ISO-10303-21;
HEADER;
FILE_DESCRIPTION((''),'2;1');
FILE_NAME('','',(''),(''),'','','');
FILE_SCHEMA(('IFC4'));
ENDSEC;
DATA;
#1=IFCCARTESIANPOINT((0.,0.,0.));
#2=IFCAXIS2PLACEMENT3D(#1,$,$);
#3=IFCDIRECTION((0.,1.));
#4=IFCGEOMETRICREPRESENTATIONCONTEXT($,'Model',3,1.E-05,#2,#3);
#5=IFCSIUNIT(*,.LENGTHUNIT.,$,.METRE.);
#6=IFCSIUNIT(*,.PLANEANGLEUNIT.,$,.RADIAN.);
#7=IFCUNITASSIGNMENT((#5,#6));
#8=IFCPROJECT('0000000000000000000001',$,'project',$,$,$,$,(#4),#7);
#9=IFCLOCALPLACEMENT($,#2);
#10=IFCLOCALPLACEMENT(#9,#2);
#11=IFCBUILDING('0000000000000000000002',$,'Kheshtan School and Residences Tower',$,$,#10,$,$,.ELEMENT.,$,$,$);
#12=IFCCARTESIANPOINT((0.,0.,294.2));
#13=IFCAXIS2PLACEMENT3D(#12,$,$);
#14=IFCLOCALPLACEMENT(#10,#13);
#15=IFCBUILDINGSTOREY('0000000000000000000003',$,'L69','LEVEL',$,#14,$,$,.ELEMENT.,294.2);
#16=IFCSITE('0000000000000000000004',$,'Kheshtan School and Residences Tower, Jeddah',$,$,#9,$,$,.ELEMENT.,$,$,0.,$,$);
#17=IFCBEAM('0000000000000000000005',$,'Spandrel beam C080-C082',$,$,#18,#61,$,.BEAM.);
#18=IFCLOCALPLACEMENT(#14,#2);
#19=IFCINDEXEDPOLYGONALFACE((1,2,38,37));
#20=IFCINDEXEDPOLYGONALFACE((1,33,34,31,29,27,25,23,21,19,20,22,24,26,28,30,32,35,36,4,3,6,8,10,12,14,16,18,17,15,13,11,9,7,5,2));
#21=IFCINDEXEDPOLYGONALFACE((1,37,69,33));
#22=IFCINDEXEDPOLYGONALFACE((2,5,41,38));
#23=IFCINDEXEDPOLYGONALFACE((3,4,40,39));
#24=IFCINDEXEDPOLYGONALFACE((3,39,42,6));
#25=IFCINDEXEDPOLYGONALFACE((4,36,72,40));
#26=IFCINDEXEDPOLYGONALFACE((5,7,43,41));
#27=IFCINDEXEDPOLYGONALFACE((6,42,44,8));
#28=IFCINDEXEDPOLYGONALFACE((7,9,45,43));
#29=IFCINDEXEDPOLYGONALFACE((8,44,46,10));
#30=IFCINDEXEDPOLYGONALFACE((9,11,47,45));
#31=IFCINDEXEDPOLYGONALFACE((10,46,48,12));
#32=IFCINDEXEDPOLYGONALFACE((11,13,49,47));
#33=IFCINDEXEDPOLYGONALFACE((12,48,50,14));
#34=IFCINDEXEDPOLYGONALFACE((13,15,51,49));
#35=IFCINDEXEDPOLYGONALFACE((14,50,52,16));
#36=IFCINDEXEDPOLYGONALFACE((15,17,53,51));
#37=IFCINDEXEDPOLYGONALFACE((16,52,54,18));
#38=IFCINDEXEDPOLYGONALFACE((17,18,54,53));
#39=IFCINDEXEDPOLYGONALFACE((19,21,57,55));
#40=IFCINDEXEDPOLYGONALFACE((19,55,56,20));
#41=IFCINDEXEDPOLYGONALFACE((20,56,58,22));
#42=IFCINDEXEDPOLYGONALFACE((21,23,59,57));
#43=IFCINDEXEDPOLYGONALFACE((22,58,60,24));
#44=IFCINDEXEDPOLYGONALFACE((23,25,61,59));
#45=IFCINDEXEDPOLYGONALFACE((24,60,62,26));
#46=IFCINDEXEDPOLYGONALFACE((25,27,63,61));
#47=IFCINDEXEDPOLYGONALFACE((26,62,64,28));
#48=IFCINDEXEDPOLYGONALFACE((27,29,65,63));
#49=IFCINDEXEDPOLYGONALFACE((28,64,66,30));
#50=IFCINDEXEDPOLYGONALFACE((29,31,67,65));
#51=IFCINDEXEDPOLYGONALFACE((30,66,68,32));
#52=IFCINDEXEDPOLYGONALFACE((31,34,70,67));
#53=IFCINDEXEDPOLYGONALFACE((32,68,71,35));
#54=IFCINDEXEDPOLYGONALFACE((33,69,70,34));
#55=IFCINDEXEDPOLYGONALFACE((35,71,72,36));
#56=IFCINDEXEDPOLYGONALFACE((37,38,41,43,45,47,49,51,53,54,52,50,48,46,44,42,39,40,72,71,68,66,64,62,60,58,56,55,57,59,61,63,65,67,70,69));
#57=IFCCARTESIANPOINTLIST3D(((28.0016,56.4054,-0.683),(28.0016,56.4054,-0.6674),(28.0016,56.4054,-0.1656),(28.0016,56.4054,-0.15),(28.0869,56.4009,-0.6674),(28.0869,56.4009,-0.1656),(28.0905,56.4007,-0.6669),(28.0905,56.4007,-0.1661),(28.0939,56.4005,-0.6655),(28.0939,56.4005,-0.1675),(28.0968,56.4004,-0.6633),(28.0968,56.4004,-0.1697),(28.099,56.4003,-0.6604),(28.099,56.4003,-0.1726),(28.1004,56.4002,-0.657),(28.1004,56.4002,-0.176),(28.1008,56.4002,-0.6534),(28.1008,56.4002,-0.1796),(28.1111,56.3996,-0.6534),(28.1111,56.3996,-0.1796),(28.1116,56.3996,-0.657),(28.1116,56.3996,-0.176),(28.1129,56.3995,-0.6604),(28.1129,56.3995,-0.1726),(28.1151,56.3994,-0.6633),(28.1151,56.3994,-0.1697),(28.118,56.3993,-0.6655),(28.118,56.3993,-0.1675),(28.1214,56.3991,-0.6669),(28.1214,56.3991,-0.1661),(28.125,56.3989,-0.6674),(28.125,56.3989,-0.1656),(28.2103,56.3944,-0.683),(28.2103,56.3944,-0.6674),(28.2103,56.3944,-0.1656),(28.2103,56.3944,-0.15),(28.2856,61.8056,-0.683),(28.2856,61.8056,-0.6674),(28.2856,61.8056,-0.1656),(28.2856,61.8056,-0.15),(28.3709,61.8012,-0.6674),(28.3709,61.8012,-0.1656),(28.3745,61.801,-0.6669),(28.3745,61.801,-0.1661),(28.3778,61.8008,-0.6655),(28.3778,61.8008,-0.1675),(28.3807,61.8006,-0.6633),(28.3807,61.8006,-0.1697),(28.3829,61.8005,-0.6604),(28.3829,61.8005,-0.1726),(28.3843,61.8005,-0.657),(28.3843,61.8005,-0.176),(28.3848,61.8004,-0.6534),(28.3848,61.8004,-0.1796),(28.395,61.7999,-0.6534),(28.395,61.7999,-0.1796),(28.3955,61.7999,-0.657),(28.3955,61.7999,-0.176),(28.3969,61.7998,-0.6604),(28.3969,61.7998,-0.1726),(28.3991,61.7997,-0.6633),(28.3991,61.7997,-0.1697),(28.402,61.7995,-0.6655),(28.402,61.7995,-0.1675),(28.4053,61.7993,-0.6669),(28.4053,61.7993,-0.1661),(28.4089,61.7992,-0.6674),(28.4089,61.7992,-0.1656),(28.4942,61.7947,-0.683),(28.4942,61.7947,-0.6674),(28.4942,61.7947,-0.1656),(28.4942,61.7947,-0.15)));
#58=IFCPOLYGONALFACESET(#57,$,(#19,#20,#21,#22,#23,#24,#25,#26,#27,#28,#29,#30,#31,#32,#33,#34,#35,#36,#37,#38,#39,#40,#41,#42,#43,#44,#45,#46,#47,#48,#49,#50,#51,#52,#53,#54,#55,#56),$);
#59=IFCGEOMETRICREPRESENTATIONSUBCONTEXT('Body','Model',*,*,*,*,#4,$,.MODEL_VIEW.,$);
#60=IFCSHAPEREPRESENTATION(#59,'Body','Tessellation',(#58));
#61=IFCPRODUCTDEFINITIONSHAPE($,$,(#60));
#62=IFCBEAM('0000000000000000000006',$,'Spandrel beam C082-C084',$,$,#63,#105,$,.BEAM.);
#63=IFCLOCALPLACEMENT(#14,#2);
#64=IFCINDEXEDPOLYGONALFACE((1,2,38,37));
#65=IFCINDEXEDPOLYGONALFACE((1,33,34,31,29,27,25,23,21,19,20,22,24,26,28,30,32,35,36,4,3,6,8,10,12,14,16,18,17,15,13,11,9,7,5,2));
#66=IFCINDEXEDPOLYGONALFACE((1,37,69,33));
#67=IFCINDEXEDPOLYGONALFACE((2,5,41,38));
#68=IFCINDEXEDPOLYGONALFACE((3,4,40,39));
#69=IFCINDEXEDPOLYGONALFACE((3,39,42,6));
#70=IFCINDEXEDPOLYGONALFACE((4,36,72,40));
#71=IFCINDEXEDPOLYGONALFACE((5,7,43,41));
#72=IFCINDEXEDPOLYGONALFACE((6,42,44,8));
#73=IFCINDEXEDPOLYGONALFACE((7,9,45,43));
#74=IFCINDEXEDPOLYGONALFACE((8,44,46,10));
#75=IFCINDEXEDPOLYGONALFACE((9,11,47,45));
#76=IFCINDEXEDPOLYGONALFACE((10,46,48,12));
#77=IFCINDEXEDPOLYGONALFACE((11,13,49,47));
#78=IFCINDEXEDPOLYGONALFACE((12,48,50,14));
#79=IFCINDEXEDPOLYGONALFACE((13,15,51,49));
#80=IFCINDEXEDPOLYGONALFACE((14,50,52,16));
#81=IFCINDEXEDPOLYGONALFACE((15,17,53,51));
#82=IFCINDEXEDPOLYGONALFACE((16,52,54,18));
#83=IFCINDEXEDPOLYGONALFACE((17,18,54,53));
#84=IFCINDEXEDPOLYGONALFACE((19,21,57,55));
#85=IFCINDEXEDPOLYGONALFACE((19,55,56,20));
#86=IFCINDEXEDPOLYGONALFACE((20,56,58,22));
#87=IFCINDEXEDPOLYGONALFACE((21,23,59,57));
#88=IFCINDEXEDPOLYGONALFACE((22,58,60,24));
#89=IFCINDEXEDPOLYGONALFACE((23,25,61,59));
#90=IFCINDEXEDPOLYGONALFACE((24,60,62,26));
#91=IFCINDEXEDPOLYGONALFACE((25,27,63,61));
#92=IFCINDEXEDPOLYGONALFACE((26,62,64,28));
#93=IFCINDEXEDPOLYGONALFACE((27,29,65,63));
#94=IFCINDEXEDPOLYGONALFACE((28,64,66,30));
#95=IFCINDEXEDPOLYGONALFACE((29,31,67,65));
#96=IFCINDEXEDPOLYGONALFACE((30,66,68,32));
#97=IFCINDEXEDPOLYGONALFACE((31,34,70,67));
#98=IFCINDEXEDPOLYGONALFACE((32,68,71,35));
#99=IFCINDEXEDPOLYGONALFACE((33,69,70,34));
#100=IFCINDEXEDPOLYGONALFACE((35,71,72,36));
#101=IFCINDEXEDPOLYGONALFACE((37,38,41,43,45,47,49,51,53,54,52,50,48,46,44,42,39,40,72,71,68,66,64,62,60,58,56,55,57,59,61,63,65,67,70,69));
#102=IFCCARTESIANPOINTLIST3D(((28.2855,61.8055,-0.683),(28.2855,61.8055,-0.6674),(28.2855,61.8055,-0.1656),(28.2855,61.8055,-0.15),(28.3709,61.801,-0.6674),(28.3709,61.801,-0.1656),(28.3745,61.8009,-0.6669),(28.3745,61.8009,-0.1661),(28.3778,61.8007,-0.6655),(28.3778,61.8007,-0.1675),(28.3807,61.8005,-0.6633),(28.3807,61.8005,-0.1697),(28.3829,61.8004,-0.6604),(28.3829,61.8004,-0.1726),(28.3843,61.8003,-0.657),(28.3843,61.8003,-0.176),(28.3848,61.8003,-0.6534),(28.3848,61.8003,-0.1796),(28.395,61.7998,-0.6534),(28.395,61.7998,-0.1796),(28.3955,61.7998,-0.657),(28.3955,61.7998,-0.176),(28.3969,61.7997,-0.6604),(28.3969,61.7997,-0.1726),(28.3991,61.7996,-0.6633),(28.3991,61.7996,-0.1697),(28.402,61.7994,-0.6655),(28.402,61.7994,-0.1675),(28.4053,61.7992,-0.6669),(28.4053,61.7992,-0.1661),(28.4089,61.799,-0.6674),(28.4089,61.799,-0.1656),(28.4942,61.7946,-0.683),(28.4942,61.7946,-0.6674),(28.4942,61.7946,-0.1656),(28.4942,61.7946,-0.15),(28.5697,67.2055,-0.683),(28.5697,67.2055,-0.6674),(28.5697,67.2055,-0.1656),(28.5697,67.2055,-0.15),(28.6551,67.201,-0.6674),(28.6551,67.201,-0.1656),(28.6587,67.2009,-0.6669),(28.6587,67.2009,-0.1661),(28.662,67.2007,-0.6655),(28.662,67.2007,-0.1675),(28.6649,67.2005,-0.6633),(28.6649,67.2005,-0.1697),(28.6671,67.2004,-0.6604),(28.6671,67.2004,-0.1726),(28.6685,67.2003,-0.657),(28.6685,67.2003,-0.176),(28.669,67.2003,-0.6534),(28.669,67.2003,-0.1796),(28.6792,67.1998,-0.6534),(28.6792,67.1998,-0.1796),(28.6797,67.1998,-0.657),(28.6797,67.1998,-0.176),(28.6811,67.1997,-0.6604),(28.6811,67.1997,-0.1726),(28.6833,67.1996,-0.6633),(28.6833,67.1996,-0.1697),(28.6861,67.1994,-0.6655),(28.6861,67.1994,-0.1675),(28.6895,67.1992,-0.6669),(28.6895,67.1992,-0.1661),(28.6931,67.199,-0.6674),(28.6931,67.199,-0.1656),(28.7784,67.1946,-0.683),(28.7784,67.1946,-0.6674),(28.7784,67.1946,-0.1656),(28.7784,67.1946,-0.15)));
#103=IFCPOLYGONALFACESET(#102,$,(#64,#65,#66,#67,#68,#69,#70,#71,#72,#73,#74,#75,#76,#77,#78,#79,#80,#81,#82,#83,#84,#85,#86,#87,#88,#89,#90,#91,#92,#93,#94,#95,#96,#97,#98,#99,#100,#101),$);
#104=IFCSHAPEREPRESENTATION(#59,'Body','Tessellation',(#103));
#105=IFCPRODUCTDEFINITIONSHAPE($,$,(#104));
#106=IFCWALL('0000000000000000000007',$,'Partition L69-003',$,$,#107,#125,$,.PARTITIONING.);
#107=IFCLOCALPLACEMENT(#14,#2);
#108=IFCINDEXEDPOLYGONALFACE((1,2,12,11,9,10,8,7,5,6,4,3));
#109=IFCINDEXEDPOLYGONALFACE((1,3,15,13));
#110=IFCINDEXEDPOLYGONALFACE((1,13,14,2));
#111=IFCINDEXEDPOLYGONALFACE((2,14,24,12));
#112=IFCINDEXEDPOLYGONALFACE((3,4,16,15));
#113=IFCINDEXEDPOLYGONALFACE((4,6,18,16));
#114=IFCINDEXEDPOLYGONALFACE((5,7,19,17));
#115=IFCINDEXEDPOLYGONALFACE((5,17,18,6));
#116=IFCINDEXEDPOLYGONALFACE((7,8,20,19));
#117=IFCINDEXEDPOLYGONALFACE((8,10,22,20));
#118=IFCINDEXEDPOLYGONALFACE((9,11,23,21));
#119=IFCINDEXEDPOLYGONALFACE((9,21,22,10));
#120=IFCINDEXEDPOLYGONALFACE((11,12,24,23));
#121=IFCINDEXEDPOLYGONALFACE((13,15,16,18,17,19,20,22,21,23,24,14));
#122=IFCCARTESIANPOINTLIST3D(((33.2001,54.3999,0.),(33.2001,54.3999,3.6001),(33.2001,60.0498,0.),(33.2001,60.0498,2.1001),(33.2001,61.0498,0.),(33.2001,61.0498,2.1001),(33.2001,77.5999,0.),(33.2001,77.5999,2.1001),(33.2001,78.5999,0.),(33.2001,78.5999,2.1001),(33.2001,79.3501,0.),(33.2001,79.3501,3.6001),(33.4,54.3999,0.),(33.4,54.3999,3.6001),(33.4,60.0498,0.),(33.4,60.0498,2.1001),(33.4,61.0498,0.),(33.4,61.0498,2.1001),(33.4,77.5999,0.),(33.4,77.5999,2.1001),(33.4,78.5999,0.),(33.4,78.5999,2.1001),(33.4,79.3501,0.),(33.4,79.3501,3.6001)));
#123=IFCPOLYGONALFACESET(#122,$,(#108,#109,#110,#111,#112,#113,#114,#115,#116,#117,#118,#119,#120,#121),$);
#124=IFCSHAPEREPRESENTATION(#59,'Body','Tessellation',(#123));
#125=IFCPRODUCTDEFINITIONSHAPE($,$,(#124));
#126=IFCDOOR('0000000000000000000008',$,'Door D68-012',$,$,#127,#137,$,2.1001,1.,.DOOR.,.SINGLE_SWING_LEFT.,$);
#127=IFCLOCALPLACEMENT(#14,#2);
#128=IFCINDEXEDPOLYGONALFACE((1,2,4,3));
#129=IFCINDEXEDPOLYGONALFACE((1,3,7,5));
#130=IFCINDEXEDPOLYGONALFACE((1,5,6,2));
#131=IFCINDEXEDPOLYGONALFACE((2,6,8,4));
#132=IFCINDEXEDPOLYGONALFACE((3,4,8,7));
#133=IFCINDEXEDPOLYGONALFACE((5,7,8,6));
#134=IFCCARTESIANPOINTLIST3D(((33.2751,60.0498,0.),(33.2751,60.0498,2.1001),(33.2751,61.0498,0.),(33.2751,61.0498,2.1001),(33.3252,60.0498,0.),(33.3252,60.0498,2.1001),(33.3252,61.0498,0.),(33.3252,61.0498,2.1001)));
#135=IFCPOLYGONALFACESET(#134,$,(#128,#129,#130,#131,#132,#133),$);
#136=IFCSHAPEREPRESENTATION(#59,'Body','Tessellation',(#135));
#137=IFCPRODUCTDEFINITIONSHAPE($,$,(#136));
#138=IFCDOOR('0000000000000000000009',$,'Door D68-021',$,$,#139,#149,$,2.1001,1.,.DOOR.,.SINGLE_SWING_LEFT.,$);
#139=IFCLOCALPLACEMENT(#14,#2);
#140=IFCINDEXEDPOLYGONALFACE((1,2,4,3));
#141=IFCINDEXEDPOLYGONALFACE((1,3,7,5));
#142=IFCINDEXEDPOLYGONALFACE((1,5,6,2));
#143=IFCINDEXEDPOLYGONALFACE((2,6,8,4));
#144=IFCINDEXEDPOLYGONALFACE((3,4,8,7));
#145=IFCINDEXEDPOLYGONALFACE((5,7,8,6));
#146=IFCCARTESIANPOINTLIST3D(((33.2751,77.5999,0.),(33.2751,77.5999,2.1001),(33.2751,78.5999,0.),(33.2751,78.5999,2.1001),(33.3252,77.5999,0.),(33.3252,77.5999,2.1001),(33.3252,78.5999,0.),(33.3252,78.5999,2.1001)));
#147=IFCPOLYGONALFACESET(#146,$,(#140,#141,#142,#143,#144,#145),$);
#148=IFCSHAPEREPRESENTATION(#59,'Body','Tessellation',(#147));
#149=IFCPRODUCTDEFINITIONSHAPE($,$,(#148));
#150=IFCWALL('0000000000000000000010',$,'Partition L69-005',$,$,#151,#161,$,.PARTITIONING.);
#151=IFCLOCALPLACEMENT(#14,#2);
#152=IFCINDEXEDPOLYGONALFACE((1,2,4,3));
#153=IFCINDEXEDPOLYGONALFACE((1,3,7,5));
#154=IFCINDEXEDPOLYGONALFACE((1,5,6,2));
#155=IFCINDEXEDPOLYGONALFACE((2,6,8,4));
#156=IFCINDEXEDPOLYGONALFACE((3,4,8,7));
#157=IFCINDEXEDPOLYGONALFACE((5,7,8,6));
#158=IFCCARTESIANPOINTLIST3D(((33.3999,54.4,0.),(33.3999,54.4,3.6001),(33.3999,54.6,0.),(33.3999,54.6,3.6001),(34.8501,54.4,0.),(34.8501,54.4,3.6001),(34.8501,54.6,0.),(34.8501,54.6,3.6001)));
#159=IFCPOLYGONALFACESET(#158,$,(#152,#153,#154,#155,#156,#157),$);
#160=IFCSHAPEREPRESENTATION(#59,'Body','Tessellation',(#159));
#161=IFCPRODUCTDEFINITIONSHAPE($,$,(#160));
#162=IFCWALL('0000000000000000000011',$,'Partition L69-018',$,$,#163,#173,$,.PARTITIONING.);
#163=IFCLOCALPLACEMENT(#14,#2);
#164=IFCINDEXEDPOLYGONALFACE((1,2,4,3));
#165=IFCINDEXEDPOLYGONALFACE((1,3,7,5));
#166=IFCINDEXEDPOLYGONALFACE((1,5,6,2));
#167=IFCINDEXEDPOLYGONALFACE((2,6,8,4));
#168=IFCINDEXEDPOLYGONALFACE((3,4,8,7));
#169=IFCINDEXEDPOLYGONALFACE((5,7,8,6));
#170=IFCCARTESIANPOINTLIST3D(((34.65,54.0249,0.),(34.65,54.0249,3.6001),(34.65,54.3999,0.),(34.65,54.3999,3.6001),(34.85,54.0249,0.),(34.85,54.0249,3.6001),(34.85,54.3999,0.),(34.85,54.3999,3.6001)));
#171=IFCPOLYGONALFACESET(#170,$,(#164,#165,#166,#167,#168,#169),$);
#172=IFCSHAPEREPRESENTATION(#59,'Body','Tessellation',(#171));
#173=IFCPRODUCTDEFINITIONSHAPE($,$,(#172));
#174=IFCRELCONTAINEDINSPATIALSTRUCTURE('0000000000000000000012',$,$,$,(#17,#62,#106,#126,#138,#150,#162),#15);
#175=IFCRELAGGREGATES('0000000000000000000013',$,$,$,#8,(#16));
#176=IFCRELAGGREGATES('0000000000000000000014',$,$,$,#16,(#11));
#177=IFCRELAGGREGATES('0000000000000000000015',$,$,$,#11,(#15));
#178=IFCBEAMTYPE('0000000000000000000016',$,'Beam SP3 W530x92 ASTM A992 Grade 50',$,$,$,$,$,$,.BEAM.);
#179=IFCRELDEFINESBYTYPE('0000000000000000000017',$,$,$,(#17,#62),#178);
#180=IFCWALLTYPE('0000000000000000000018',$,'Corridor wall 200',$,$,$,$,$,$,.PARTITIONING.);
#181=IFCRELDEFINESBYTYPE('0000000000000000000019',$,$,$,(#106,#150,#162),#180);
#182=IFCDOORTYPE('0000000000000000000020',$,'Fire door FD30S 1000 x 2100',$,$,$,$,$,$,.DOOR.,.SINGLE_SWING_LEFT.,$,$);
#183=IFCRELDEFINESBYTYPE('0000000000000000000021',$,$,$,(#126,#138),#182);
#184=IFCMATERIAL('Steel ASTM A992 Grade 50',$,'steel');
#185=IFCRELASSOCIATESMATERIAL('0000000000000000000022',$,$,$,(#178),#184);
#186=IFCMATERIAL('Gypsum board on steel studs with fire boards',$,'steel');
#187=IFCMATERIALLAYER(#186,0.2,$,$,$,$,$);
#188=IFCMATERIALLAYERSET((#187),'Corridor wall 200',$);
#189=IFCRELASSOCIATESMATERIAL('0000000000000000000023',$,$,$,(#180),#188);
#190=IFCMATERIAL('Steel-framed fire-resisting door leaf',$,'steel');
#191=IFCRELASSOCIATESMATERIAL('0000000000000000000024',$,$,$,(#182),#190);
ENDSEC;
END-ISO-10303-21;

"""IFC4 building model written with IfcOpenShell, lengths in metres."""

from ifc_helpers import new_model, si_unit, direction, frame, frame_2d, origin, origin_2d, place, context, subcontext, project, spatial, rectangle, i_section, extrude, source, transform, mapped, material, layer, layer_set, material_profile, profile_set, type_object, element, fill, save


model = new_model("IFC4")

# Units and contexts
model_context = context("Model", 3, precision=1e-05, world=origin(), true_north=direction((0.0, 1.0)))
body_context = subcontext(model_context, "Body", "Model", "MODEL_VIEW")
ifc_project = project(units=[si_unit("LENGTHUNIT", "METRE"), si_unit("PLANEANGLEUNIT", "RADIAN")], contexts=[model_context])

# Site, building, storey
site_placement = place(None, origin())
site = spatial("IfcSite", under=ifc_project, at=site_placement, Name="Kheshtan School and Residences Tower, Jeddah", CompositionType="ELEMENT", RefElevation=0.0)
building_placement = place(site_placement, origin())
building = spatial("IfcBuilding", under=site, at=building_placement, Name="Kheshtan School and Residences Tower", CompositionType="ELEMENT")
storey_placement = place(building_placement, frame((0.0, 0.0, 294.2)))
storey = spatial("IfcBuildingStorey", under=building, at=storey_placement, Name="L69", Description="LEVEL", CompositionType="ELEMENT", Elevation=294.2)

# Shared definitions
ifc_material_1 = material(Name="Steel ASTM A992 Grade 50", Category="steel")

# Beams
ifc_material_profile_1 = material_profile(ifc_material_1, i_section(OverallWidth=0.209, OverallDepth=0.533, WebThickness=0.0103, FlangeThickness=0.0156, FilletRadius=0.0139, at=origin_2d()), Name="W530x92")
ifc_profile_set_1 = profile_set([ifc_material_profile_1], Name="Steel ASTM A992 Grade 50")
beam_type_1 = type_object("IfcBeamType", Name="Beam SP3 W530x92 ASTM A992 Grade 50", PredefinedType="BEAM", material=ifc_profile_set_1)
beam_1_placement = place(storey_placement, frame((28.106, 56.3999, -0.4165), z_axis=(0.052507, 0.998621, 0.0), x_axis=(-0.998621, 0.052507, 0.0)))
element("IfcBeam", 1, at=beam_1_placement, inside=storey, type_object=beam_type_1, Name="Spandrel beam C080-C082", PredefinedType="BEAM", context=body_context, shape_type="SweptSolid", body=[
    extrude(i_section(OverallWidth=0.209, OverallDepth=0.533, WebThickness=0.0103, FlangeThickness=0.0156, FilletRadius=0.0139, at=origin_2d()), origin(), (0.0, 0.0, 1.0), 5.4077),
])
beam_2_placement = place(storey_placement, frame((28.3899, 61.8, -0.4165), z_axis=(0.052554, 0.998618, 0.0), x_axis=(-0.998618, 0.052554, 0.0)))
element("IfcBeam", 2, at=beam_2_placement, inside=storey, type_object=beam_type_1, Name="Spandrel beam C082-C084", PredefinedType="BEAM", context=body_context, shape_type="SweptSolid", body=[
    extrude(i_section(OverallWidth=0.209, OverallDepth=0.533, WebThickness=0.0103, FlangeThickness=0.0156, FilletRadius=0.0139, at=origin_2d()), origin(), (0.0, 0.0, 1.0), 5.4075),
])

# Wall, openings, doors
ifc_material_2 = material(Name="Gypsum board on steel studs with fire boards", Category="steel")
ifc_layer_1 = layer(ifc_material_2, 0.2)
ifc_layer_set_1 = layer_set([ifc_layer_1], Name="Corridor wall 200")
wall_type_1 = type_object("IfcWallType", Name="Corridor wall 200", PredefinedType="PARTITIONING", material=ifc_layer_set_1)
wall_1_placement = place(storey_placement, frame((33.3, 54.3999, 0.0), z_axis=(0.0, 0.0, 1.0), x_axis=(0.0, 1.0, 0.0)))
wall_1 = element("IfcWall", 3, at=wall_1_placement, inside=storey, type_object=wall_type_1, Name="Partition L69-003", PredefinedType="PARTITIONING", context=body_context, shape_type="SweptSolid", body=[
    extrude(rectangle(XDim=24.9502, YDim=0.2, at=frame_2d((12.4751, 0.0))), origin(), (0.0, 0.0, 1.0), 3.6001),
])
opening_1_placement = place(wall_1_placement, frame((5.6499, 0.0, 0.0)))
opening_1 = element("IfcOpeningElement", 4, at=opening_1_placement, cuts=wall_1, PredefinedType="OPENING", context=body_context, shape_type="SweptSolid", body=[
    extrude(rectangle(XDim=1.0, YDim=2.1001, at=frame_2d((0.5, 1.05))), frame((0.0, 0.1099, 0.0), z_axis=(0.0, -1.0, 0.0), x_axis=(1.0, 0.0, 0.0)), (0.0, 0.0, 1.0), 0.22),
])
opening_2_placement = place(wall_1_placement, frame((23.2, 0.0, 0.0)))
opening_2 = element("IfcOpeningElement", 5, at=opening_2_placement, cuts=wall_1, PredefinedType="OPENING", context=body_context, shape_type="SweptSolid", body=[
    extrude(rectangle(XDim=1.0, YDim=2.1001, at=frame_2d((0.5, 1.05))), frame((0.0, 0.1099, 0.0), z_axis=(0.0, -1.0, 0.0), x_axis=(1.0, 0.0, 0.0)), (0.0, 0.0, 1.0), 0.22),
])
ifc_material_3 = material(Name="Steel-framed fire-resisting door leaf", Category="steel")
door_type_1 = type_object("IfcDoorType", Name="Fire door FD30S 1000 x 2100", OperationType="SINGLE_SWING_LEFT", PredefinedType="DOOR", material=ifc_material_3)
shared_shape_1 = source(origin(), body_context, "Body", "SweptSolid", [
    extrude(rectangle(XDim=1.0, YDim=2.1001, at=frame_2d((0.5, 1.05))), frame((0.0, 0.0249, 0.0), z_axis=(0.0, -1.0, 0.0), x_axis=(1.0, 0.0, 0.0)), (0.0, 0.0, 1.0), 0.05),
])
door_1_placement = place(opening_1_placement, origin())
door_1 = element("IfcDoor", 6, at=door_1_placement, inside=storey, type_object=door_type_1, Name="Door D68-012", OperationType="SINGLE_SWING_LEFT", OverallHeight=2.1001, OverallWidth=1.0, PredefinedType="DOOR", context=body_context, shape_type="MappedRepresentation", body=[
    mapped(shared_shape_1, transform((0.0, 0.0, 0.0), x_axis=(1.0, 0.0, 0.0), y_axis=(0.0, 1.0, 0.0), z_axis=(0.0, 0.0, 1.0), scale=1.0)),
])
fill(opening_1, door_1)
door_2_placement = place(opening_2_placement, origin())
door_2 = element("IfcDoor", 7, at=door_2_placement, inside=storey, type_object=door_type_1, Name="Door D68-021", OperationType="SINGLE_SWING_LEFT", OverallHeight=2.1001, OverallWidth=1.0, PredefinedType="DOOR", context=body_context, shape_type="MappedRepresentation", body=[
    mapped(shared_shape_1, transform((0.0, 0.0, 0.0), x_axis=(1.0, 0.0, 0.0), y_axis=(0.0, 1.0, 0.0), z_axis=(0.0, 0.0, 1.0), scale=1.0)),
])
fill(opening_2, door_2)

# Walls
wall_2_placement = place(storey_placement, frame((33.3999, 54.5, 0.0), z_axis=(0.0, 0.0, 1.0), x_axis=(1.0, 0.0, 0.0)))
element("IfcWall", 8, at=wall_2_placement, inside=storey, type_object=wall_type_1, Name="Partition L69-005", PredefinedType="PARTITIONING", context=body_context, shape_type="SweptSolid", body=[
    extrude(rectangle(XDim=1.4502, YDim=0.2, at=frame_2d((0.7251, 0.0))), origin(), (0.0, 0.0, 1.0), 3.6001),
])
wall_3_placement = place(storey_placement, frame((34.75, 54.0249, 0.0), z_axis=(0.0, 0.0, 1.0), x_axis=(0.0, 1.0, 0.0)))
element("IfcWall", 9, at=wall_3_placement, inside=storey, type_object=wall_type_1, Name="Partition L69-018", PredefinedType="PARTITIONING", context=body_context, shape_type="SweptSolid", body=[
    extrude(rectangle(XDim=0.375, YDim=0.2, at=frame_2d((0.1875, 0.0))), origin(), (0.0, 0.0, 1.0), 3.6001),
])

save(model, "model.ifc")
